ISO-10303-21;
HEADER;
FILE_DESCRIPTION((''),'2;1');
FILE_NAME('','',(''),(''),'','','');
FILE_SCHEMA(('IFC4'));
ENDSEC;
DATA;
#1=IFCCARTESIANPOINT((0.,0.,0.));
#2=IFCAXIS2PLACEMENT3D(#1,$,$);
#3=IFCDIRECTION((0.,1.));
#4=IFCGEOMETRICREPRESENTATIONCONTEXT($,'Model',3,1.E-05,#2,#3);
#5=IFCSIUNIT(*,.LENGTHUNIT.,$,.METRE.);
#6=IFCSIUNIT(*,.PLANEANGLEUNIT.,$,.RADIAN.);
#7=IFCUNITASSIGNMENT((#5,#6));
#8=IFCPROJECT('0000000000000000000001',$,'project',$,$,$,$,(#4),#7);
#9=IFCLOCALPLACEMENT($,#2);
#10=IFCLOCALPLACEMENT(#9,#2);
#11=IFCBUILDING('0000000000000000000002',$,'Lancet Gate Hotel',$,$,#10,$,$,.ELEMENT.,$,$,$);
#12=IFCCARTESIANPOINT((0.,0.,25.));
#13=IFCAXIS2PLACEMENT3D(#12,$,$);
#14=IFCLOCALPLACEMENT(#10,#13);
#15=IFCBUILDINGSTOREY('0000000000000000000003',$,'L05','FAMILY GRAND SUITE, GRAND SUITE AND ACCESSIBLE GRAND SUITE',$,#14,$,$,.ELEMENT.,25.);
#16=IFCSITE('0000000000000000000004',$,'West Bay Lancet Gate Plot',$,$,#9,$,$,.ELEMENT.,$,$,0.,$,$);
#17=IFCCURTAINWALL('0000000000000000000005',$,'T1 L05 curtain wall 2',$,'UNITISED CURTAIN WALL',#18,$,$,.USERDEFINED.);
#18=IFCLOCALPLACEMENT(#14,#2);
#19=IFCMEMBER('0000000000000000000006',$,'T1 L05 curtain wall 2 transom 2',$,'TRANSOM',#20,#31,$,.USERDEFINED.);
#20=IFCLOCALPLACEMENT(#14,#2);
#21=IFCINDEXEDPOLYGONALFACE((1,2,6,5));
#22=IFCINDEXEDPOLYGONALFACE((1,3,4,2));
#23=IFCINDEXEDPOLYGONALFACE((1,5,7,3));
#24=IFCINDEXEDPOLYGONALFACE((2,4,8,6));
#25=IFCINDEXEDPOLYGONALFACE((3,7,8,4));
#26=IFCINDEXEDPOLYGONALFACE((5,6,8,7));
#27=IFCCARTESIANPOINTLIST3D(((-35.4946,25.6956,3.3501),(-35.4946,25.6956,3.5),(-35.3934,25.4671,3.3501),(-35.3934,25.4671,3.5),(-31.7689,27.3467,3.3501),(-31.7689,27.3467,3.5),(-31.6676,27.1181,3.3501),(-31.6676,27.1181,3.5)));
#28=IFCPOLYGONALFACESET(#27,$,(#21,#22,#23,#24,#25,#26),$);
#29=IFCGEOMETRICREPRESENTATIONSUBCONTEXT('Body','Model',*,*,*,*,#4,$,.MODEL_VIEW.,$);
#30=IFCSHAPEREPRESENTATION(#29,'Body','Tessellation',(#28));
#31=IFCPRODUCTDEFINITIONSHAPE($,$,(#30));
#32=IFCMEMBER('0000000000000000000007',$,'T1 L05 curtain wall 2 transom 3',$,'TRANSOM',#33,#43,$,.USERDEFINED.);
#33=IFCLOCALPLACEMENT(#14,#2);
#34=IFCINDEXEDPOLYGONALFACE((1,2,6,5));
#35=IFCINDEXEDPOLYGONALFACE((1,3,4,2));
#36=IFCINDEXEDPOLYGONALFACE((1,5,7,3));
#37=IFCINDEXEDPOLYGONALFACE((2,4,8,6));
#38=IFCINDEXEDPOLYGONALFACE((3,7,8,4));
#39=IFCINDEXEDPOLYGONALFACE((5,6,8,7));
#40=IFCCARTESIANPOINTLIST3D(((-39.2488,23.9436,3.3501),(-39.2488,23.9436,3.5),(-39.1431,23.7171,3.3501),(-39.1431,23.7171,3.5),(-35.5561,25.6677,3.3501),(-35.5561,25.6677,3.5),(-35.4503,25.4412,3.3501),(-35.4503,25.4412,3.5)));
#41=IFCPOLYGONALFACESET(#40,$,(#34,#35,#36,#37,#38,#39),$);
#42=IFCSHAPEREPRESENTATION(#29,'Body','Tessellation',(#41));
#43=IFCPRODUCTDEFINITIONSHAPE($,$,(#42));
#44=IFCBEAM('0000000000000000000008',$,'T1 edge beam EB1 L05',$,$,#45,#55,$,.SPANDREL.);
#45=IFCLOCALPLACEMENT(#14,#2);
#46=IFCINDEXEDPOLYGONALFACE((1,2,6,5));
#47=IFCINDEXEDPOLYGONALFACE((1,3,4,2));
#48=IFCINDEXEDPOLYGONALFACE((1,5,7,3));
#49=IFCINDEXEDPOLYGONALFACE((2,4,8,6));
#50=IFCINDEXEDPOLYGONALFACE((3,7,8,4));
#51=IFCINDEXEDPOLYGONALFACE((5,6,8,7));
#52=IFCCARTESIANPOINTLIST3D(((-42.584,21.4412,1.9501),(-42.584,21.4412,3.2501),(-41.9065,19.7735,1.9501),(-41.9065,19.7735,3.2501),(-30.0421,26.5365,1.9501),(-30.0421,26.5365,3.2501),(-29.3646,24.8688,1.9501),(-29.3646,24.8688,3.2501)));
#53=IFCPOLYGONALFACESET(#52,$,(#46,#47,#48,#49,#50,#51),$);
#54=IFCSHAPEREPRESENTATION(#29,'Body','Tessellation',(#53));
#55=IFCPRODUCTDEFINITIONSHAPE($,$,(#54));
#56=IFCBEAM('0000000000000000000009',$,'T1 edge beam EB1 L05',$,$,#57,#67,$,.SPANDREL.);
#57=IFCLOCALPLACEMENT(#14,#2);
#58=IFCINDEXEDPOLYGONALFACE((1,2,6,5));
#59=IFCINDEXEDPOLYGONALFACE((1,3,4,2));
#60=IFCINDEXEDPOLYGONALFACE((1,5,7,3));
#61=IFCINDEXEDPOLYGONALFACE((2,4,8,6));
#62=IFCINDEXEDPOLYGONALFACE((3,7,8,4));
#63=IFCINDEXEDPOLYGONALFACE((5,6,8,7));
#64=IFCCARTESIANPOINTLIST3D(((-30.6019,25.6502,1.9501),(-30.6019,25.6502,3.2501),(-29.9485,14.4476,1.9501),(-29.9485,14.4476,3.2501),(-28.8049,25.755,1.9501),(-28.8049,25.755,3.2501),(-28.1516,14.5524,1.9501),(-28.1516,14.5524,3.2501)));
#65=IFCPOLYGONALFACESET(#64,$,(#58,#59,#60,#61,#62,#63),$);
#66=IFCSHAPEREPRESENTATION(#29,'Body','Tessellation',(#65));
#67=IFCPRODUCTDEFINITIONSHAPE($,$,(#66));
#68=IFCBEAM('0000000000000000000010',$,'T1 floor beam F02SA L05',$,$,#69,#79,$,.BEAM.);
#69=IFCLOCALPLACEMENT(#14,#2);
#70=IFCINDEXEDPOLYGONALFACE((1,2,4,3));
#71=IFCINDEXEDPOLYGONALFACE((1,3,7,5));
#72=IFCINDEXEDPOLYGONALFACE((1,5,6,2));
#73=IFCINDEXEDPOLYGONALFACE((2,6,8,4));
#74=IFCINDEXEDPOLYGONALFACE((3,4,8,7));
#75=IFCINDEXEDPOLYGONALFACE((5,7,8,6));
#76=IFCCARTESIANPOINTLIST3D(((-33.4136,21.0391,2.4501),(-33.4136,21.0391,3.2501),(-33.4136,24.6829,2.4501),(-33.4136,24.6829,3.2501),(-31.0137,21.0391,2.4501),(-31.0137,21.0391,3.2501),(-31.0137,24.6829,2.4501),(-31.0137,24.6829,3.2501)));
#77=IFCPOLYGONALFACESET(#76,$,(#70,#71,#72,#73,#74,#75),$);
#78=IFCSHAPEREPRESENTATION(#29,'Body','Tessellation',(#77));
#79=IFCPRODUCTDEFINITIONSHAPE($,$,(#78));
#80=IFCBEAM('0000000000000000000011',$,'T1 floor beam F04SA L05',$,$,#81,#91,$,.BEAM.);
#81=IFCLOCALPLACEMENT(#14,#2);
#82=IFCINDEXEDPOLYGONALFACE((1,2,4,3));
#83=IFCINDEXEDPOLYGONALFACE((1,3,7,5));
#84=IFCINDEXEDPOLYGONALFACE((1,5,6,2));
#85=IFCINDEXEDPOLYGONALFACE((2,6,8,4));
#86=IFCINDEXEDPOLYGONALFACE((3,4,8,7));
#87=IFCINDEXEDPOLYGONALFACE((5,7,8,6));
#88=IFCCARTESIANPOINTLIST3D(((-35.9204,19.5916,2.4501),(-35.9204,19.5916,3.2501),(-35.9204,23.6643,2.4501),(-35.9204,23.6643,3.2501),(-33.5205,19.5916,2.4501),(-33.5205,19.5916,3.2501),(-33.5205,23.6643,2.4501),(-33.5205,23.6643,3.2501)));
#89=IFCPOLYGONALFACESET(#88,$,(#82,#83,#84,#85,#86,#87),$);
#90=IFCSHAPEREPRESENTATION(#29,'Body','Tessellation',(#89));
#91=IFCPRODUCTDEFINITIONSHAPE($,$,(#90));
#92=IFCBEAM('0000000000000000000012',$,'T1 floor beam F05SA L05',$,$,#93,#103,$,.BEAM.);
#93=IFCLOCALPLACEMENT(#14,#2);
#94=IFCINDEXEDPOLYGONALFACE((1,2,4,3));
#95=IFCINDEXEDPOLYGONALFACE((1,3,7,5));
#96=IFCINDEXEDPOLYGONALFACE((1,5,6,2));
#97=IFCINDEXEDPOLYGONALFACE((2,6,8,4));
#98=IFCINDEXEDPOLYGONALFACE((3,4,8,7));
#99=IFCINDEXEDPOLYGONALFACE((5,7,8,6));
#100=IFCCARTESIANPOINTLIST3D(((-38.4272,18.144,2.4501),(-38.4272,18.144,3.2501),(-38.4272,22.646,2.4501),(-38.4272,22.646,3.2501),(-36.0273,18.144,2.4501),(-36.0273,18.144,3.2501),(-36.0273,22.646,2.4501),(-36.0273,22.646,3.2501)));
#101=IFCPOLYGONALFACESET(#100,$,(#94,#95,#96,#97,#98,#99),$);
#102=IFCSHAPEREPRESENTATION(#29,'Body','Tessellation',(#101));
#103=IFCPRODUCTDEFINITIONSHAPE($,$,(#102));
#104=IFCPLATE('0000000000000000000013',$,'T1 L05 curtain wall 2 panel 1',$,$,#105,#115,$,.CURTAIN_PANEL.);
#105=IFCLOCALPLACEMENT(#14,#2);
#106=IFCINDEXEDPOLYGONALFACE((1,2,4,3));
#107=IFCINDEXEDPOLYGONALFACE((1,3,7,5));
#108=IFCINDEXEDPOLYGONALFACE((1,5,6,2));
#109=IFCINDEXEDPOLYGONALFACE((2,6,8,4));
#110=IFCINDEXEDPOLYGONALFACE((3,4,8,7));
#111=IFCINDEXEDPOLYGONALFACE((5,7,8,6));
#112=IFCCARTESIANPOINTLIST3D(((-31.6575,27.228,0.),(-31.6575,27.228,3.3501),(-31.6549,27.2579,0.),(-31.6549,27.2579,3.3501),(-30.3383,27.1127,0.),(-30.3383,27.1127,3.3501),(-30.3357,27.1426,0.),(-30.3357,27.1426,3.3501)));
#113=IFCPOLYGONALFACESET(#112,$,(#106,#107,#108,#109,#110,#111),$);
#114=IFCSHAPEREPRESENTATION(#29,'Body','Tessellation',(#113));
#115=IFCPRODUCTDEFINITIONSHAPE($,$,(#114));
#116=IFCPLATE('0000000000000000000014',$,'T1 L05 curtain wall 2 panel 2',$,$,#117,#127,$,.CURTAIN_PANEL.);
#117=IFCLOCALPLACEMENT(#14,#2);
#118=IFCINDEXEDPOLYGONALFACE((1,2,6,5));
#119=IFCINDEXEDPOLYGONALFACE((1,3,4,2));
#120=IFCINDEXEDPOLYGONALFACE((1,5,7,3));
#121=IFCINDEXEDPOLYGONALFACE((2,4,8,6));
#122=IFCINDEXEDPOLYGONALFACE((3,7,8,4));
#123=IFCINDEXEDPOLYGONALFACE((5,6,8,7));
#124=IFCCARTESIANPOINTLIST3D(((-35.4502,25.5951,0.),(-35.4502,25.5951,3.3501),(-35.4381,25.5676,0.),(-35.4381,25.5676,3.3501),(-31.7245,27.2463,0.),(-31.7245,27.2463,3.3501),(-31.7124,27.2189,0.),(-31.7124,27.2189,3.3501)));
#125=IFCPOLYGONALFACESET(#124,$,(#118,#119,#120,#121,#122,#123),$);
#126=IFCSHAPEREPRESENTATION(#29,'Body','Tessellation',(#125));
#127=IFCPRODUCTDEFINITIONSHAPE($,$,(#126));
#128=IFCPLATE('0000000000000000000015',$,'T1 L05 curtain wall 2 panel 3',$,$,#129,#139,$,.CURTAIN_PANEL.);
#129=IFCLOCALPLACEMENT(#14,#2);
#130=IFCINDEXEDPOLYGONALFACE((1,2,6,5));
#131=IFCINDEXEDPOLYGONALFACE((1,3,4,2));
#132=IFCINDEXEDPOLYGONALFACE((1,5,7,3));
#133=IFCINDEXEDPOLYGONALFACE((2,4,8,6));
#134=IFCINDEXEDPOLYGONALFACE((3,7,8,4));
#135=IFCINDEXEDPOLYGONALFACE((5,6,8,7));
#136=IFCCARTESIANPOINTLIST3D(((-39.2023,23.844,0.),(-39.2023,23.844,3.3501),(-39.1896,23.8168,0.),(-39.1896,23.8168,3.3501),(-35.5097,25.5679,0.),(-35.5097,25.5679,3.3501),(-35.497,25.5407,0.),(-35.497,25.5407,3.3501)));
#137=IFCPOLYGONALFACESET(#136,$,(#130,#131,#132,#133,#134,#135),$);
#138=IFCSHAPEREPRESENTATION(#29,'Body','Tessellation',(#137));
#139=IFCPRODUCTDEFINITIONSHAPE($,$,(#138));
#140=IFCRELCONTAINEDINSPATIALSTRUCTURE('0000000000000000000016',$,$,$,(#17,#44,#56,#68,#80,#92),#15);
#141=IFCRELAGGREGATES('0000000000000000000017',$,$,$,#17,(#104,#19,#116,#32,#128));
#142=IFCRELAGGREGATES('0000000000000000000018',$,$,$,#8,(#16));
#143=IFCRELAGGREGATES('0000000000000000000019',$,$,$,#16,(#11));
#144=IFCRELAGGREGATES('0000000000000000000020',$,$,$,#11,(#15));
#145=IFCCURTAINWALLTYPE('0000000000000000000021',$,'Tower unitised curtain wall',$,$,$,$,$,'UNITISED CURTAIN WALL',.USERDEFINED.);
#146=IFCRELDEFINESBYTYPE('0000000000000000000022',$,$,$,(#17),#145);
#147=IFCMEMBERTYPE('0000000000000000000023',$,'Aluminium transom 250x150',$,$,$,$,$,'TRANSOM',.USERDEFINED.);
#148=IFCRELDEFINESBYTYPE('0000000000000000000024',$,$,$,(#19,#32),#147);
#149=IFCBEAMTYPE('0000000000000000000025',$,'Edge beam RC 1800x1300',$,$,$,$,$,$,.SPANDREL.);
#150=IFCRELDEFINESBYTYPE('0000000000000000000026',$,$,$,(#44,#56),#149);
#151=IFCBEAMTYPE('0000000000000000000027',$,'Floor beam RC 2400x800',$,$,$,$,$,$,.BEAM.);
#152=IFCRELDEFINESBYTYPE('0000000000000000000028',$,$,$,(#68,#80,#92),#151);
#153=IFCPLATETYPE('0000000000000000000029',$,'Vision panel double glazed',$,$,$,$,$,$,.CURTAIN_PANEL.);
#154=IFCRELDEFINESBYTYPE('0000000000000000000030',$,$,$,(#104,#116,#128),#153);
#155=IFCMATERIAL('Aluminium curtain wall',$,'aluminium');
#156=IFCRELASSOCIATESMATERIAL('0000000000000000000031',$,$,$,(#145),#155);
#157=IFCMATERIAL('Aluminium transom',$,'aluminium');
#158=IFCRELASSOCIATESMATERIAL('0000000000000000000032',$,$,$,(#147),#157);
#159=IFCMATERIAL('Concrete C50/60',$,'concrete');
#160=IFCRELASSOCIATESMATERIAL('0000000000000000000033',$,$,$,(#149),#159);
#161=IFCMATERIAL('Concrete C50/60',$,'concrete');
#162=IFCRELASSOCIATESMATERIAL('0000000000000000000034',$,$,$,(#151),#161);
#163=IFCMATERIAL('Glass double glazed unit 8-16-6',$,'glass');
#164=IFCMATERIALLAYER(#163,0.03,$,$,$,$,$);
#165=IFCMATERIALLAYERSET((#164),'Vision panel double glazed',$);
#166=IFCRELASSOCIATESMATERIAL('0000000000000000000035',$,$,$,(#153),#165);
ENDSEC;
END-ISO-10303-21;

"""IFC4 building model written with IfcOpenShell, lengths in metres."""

from ifc_helpers import new_model, si_unit, direction, frame, origin, origin_2d, place, context, subcontext, project, spatial, rectangle, extrude, material, layer, layer_set, material_profile, profile_set, type_object, element, aggregate, save


model = new_model("IFC4")

# Units and contexts
model_context = context("Model", 3, precision=1e-05, world=origin(), true_north=direction((0.0, 1.0)))
body_context = subcontext(model_context, "Body", "Model", "MODEL_VIEW")
ifc_project = project(units=[si_unit("LENGTHUNIT", "METRE"), si_unit("PLANEANGLEUNIT", "RADIAN")], contexts=[model_context])

# Site, building, storey
site_placement = place(None, origin())
site = spatial("IfcSite", under=ifc_project, at=site_placement, Name="West Bay Lancet Gate Plot", CompositionType="ELEMENT", RefElevation=0.0)
building_placement = place(site_placement, origin())
building = spatial("IfcBuilding", under=site, at=building_placement, Name="Lancet Gate Hotel", CompositionType="ELEMENT")
storey_placement = place(building_placement, frame((0.0, 0.0, 25.0)))
storey = spatial("IfcBuildingStorey", under=building, at=storey_placement, Name="L05", Description="FAMILY GRAND SUITE, GRAND SUITE AND ACCESSIBLE GRAND SUITE", CompositionType="ELEMENT", Elevation=25.0)

# Curtain wall, members
ifc_material_1 = material(Name="Aluminium curtain wall", Category="aluminium")
curtain_wall_type = type_object("IfcCurtainWallType", Name="Tower unitised curtain wall", ElementType="UNITISED CURTAIN WALL", PredefinedType="USERDEFINED", material=ifc_material_1)
curtain_wall_placement = place(storey_placement, origin())
curtain_wall = element("IfcCurtainWall", 1, at=curtain_wall_placement, inside=storey, type_object=curtain_wall_type, Name="T1 L05 curtain wall 2", ObjectType="UNITISED CURTAIN WALL", PredefinedType="USERDEFINED")
ifc_material_2 = material(Name="Aluminium transom", Category="aluminium")
ifc_material_profile_1 = material_profile(ifc_material_2, rectangle(XDim=0.25, YDim=0.1499, at=origin_2d()), Name="TRANSOM 250x150")
ifc_profile_set_1 = profile_set([ifc_material_profile_1], Name="Aluminium transom")
member_type_1 = type_object("IfcMemberType", Name="Aluminium transom 250x150", ElementType="TRANSOM", PredefinedType="USERDEFINED", material=ifc_profile_set_1)
member_1_placement = place(storey_placement, frame((-31.7183, 27.2324, 3.425), z_axis=(-0.914248, -0.405154, 0.0), x_axis=(0.405154, -0.914248, 0.0)))
member_1 = element("IfcMember", 2, at=member_1_placement, type_object=member_type_1, Name="T1 L05 curtain wall 2 transom 2", ObjectType="TRANSOM", PredefinedType="USERDEFINED", context=body_context, shape_type="SweptSolid", body=[
    extrude(rectangle(XDim=0.25, YDim=0.1499, at=origin_2d()), origin(), (0.0, 0.0, 1.0), 4.0752),
])
member_2_placement = place(storey_placement, frame((-35.5032, 25.5544, 3.425), z_axis=(-0.90611, -0.423043, 0.0), x_axis=(0.423043, -0.90611, 0.0)))
member_2 = element("IfcMember", 3, at=member_2_placement, type_object=member_type_1, Name="T1 L05 curtain wall 2 transom 3", ObjectType="TRANSOM", PredefinedType="USERDEFINED", context=body_context, shape_type="SweptSolid", body=[
    extrude(rectangle(XDim=0.25, YDim=0.1499, at=origin_2d()), origin(), (0.0, 0.0, 1.0), 4.0754),
])

# Beams
ifc_material_3 = material(Name="Concrete C50/60", Category="concrete")
ifc_material_profile_2 = material_profile(ifc_material_3, rectangle(XDim=1.8, YDim=1.3, at=origin_2d()), Name="RC 1800x1300")
ifc_profile_set_2 = profile_set([ifc_material_profile_2], Name="Concrete C50/60")
beam_type_1 = type_object("IfcBeamType", Name="Edge beam RC 1800x1300", PredefinedType="SPANDREL", material=ifc_profile_set_2)
beam_1_placement = place(storey_placement, frame((-29.7034, 25.7026, 2.6001), z_axis=(-0.926463, -0.376385, 0.0), x_axis=(0.376385, -0.926463, 0.0)))
element("IfcBeam", 4, at=beam_1_placement, inside=storey, type_object=beam_type_1, Name="T1 edge beam EB1 L05", PredefinedType="SPANDREL", context=body_context, shape_type="SweptSolid", body=[
    extrude(rectangle(XDim=1.8, YDim=1.3, at=origin_2d()), origin(), (0.0, 0.0, 1.0), 13.5374),
])
beam_2_placement = place(storey_placement, frame((-29.7034, 25.7026, 2.6001), z_axis=(0.05822, -0.998304, 0.0), x_axis=(0.998304, 0.05822, 0.0)))
element("IfcBeam", 5, at=beam_2_placement, inside=storey, type_object=beam_type_1, Name="T1 edge beam EB1 L05", PredefinedType="SPANDREL", context=body_context, shape_type="SweptSolid", body=[
    extrude(rectangle(XDim=1.8, YDim=1.3, at=origin_2d()), origin(), (0.0, 0.0, 1.0), 11.2217),
])
ifc_material_4 = material(Name="Concrete C50/60", Category="concrete")
ifc_material_profile_3 = material_profile(ifc_material_4, rectangle(XDim=2.3999, YDim=0.8, at=origin_2d()), Name="RC 2400x800")
ifc_profile_set_3 = profile_set([ifc_material_profile_3], Name="Concrete C50/60")
beam_type_2 = type_object("IfcBeamType", Name="Floor beam RC 2400x800", PredefinedType="BEAM", material=ifc_profile_set_3)
beam_3_placement = place(storey_placement, frame((-32.2136, 24.6829, 2.8501), z_axis=(0.0, -1.0, 0.0), x_axis=(1.0, 0.0, 0.0)))
element("IfcBeam", 6, at=beam_3_placement, inside=storey, type_object=beam_type_2, Name="T1 floor beam F02SA L05", PredefinedType="BEAM", context=body_context, shape_type="SweptSolid", body=[
    extrude(rectangle(XDim=2.3999, YDim=0.8, at=origin_2d()), origin(), (0.0, 0.0, 1.0), 3.6438),
])
beam_4_placement = place(storey_placement, frame((-34.7205, 23.6643, 2.8501), z_axis=(0.0, -1.0, 0.0), x_axis=(1.0, 0.0, 0.0)))
element("IfcBeam", 7, at=beam_4_placement, inside=storey, type_object=beam_type_2, Name="T1 floor beam F04SA L05", PredefinedType="BEAM", context=body_context, shape_type="SweptSolid", body=[
    extrude(rectangle(XDim=2.3999, YDim=0.8, at=origin_2d()), origin(), (0.0, 0.0, 1.0), 4.0728),
])
beam_5_placement = place(storey_placement, frame((-37.2273, 22.646, 2.8501), z_axis=(0.0, -1.0, 0.0), x_axis=(1.0, 0.0, 0.0)))
element("IfcBeam", 8, at=beam_5_placement, inside=storey, type_object=beam_type_2, Name="T1 floor beam F05SA L05", PredefinedType="BEAM", context=body_context, shape_type="SweptSolid", body=[
    extrude(rectangle(XDim=2.3999, YDim=0.8, at=origin_2d()), origin(), (0.0, 0.0, 1.0), 4.502),
])

# Plates
ifc_material_5 = material(Name="Glass double glazed unit 8-16-6", Category="glass")
ifc_layer_1 = layer(ifc_material_5, 0.03)
ifc_layer_set_1 = layer_set([ifc_layer_1], Name="Vision panel double glazed")
plate_type = type_object("IfcPlateType", Name="Vision panel double glazed", PredefinedType="CURTAIN_PANEL", material=ifc_layer_set_1)
plate_1_placement = place(storey_placement, frame((-30.9966, 27.1853, 0.0), z_axis=(0.0, 0.0, 1.0), x_axis=(-0.996204, 0.087052, 0.0)))
plate_1 = element("IfcPlate", 9, at=plate_1_placement, type_object=plate_type, Name="T1 L05 curtain wall 2 panel 1", PredefinedType="CURTAIN_PANEL", context=body_context, shape_type="SweptSolid", body=[
    extrude(rectangle(XDim=1.3242, YDim=0.03, at=origin_2d()), origin(), (0.0, 0.0, 1.0), 3.3501),
])
plate_2_placement = place(storey_placement, frame((-33.5813, 26.407, 0.0), z_axis=(0.0, 0.0, 1.0), x_axis=(-0.914234, -0.405186, 0.0)))
plate_2 = element("IfcPlate", 10, at=plate_2_placement, type_object=plate_type, Name="T1 L05 curtain wall 2 panel 2", PredefinedType="CURTAIN_PANEL", context=body_context, shape_type="SweptSolid", body=[
    extrude(rectangle(XDim=4.0752, YDim=0.03, at=origin_2d()), origin(), (0.0, 0.0, 1.0), 3.3501),
])
plate_3_placement = place(storey_placement, frame((-37.3496, 24.6924, 0.0), z_axis=(0.0, 0.0, 1.0), x_axis=(-0.906118, -0.423026, 0.0)))
plate_3 = element("IfcPlate", 11, at=plate_3_placement, type_object=plate_type, Name="T1 L05 curtain wall 2 panel 3", PredefinedType="CURTAIN_PANEL", context=body_context, shape_type="SweptSolid", body=[
    extrude(rectangle(XDim=4.0752, YDim=0.03, at=origin_2d()), origin(), (0.0, 0.0, 1.0), 3.3501),
])
aggregate(curtain_wall, [plate_1, member_1, plate_2, member_2, plate_3])

save(model, "model.ifc")
